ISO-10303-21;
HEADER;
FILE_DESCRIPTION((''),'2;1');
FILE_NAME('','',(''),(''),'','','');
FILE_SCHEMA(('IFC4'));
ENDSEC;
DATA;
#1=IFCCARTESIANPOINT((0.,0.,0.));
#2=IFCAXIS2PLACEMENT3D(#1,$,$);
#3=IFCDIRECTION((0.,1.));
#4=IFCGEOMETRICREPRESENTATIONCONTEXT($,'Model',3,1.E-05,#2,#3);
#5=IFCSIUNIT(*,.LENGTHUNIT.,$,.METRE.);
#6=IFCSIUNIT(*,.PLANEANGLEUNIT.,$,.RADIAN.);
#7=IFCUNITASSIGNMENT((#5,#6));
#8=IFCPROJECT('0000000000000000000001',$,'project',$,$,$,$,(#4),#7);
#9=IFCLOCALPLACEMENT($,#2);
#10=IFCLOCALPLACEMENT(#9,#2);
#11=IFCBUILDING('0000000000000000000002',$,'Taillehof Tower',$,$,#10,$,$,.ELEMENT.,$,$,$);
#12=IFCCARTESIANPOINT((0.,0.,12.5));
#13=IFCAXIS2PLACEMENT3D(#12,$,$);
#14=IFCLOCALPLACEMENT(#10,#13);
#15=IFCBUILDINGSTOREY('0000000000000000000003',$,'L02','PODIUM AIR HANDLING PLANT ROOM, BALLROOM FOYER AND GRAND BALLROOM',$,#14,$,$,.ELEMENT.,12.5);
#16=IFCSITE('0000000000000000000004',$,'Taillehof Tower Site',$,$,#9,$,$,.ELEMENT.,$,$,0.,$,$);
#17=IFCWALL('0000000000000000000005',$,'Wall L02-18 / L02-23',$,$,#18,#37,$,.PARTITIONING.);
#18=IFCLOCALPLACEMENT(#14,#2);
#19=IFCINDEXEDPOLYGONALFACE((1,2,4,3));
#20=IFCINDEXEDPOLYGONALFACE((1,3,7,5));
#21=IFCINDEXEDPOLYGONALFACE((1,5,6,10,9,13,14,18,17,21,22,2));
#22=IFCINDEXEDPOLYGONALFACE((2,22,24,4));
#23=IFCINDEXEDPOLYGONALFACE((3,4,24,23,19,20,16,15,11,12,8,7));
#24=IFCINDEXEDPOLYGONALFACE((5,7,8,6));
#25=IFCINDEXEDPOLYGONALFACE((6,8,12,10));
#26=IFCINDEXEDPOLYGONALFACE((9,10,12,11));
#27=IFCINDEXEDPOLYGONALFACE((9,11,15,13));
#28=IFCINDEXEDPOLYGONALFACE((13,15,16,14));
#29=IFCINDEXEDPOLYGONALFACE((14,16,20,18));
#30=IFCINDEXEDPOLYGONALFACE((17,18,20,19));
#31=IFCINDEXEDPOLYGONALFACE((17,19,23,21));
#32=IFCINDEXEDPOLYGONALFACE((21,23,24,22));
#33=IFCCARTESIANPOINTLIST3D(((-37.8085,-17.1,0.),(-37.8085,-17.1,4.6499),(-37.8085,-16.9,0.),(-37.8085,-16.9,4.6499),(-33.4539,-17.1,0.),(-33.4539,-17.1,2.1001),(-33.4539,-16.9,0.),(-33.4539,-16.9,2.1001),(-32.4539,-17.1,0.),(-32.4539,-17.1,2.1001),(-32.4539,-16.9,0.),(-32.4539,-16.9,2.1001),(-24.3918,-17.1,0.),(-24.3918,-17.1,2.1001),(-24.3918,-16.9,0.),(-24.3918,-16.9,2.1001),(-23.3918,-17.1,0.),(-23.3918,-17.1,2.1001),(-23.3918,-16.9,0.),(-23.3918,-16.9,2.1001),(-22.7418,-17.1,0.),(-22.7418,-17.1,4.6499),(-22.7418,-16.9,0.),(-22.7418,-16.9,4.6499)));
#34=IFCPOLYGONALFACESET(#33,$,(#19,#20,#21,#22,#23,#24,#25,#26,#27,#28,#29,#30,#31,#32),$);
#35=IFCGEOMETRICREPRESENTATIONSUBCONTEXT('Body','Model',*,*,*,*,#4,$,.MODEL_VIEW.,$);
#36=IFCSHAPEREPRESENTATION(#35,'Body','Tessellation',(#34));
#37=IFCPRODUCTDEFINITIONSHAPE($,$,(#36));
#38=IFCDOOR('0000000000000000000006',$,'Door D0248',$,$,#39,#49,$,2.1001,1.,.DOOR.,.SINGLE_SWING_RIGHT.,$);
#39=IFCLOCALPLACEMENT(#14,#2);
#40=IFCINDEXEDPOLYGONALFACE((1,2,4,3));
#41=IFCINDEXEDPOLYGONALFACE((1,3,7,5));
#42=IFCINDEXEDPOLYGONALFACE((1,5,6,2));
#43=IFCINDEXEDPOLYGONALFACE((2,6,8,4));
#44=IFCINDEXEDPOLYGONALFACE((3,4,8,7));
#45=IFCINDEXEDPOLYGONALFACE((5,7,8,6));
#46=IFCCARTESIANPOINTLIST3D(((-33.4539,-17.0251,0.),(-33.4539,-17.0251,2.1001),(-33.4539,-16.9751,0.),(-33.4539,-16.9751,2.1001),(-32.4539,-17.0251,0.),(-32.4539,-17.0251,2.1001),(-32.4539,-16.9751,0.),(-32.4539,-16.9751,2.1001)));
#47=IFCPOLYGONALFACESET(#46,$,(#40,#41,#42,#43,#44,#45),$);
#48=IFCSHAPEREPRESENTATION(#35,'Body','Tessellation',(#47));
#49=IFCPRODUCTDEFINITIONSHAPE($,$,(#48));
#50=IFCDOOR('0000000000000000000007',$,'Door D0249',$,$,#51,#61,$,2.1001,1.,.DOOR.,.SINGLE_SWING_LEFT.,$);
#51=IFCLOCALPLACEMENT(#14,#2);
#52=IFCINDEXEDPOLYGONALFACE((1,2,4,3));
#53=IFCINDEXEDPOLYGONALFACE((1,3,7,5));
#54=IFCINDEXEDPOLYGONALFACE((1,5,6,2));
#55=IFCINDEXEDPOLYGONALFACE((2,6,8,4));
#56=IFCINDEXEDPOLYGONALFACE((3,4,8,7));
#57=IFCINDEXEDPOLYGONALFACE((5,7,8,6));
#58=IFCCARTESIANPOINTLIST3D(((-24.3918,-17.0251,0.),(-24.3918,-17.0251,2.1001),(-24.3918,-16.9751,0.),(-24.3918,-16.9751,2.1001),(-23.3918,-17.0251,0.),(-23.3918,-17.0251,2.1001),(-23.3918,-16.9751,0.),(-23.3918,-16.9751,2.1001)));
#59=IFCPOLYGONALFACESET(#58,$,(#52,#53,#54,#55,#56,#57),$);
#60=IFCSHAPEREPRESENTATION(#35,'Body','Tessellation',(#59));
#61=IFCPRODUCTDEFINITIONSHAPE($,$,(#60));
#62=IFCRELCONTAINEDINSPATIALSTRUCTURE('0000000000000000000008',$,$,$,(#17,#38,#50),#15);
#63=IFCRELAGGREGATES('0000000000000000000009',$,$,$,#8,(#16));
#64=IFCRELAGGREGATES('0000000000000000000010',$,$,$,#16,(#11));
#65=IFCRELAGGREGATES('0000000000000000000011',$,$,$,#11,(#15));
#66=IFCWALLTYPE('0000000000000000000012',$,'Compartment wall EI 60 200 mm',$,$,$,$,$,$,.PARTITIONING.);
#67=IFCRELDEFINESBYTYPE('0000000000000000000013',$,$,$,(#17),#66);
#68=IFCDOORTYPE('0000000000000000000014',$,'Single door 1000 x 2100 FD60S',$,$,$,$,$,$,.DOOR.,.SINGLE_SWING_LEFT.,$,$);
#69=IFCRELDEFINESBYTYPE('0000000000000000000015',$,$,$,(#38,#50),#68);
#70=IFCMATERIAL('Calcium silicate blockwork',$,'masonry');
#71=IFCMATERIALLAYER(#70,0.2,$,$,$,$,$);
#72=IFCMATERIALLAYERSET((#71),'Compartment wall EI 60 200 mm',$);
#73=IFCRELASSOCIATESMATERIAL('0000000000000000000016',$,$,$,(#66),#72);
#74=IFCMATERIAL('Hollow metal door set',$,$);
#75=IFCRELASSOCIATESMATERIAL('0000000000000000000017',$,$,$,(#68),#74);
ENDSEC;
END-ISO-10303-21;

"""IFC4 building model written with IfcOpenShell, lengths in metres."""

from ifc_helpers import new_model, si_unit, direction, frame, frame_2d, origin, place, context, subcontext, project, spatial, rectangle, extrude, material, layer, layer_set, type_object, element, fill, save


model = new_model("IFC4")

# Units and contexts
model_context = context("Model", 3, precision=1e-05, world=origin(), true_north=direction((0.0, 1.0)))
body_context = subcontext(model_context, "Body", "Model", "MODEL_VIEW")
ifc_project = project(units=[si_unit("LENGTHUNIT", "METRE"), si_unit("PLANEANGLEUNIT", "RADIAN")], contexts=[model_context])

# Site, building, storey
site_placement = place(None, origin())
site = spatial("IfcSite", under=ifc_project, at=site_placement, Name="Taillehof Tower Site", CompositionType="ELEMENT", RefElevation=0.0)
building_placement = place(site_placement, origin())
building = spatial("IfcBuilding", under=site, at=building_placement, Name="Taillehof Tower", CompositionType="ELEMENT")
storey_placement = place(building_placement, frame((0.0, 0.0, 12.5)))
storey = spatial("IfcBuildingStorey", under=building, at=storey_placement, Name="L02", Description="PODIUM AIR HANDLING PLANT ROOM, BALLROOM FOYER AND GRAND BALLROOM", CompositionType="ELEMENT", Elevation=12.5)

# Shared definitions
ifc_material_1 = material(Name="Calcium silicate blockwork", Category="masonry")
ifc_layer_1 = layer(ifc_material_1, 0.2)
ifc_layer_set_1 = layer_set([ifc_layer_1], Name="Compartment wall EI 60 200 mm")
wall_type = type_object("IfcWallType", Name="Compartment wall EI 60 200 mm", PredefinedType="PARTITIONING", material=ifc_layer_set_1)
ifc_material_2 = material(Name="Hollow metal door set")
door_type = type_object("IfcDoorType", Name="Single door 1000 x 2100 FD60S", OperationType="SINGLE_SWING_LEFT", PredefinedType="DOOR", material=ifc_material_2)

# Wall, openings, doors
wall_1_placement = place(storey_placement, frame((-37.8083, -17.0, 0.0), z_axis=(0.0, 0.0, 1.0), x_axis=(1.0, 0.0, 0.0)))
wall_1 = element("IfcWall", 1, at=wall_1_placement, inside=storey, type_object=wall_type, Name="Wall L02-18 / L02-23", PredefinedType="PARTITIONING", context=body_context, shape_type="SweptSolid", body=[
    extrude(rectangle(XDim=15.0667, YDim=0.2, at=frame_2d((7.5332, 0.0))), origin(), (0.0, 0.0, 1.0), 4.6499),
])
opening_1_placement = place(wall_1_placement, frame((4.3545, 0.0, 0.0)))
opening_1 = element("IfcOpeningElement", 2, at=opening_1_placement, cuts=wall_1, PredefinedType="OPENING", context=body_context, shape_type="SweptSolid", body=[
    extrude(rectangle(XDim=1.0, YDim=2.1001, at=frame_2d((0.5, 1.05))), frame((0.0, 0.1099, 0.0), z_axis=(0.0, -1.0, 0.0), x_axis=(1.0, 0.0, 0.0)), (0.0, 0.0, 1.0), 0.22),
])
opening_2_placement = place(wall_1_placement, frame((13.4165, 0.0, 0.0)))
opening_2 = element("IfcOpeningElement", 3, at=opening_2_placement, cuts=wall_1, PredefinedType="OPENING", context=body_context, shape_type="SweptSolid", body=[
    extrude(rectangle(XDim=1.0, YDim=2.1001, at=frame_2d((0.5, 1.05))), frame((0.0, 0.1099, 0.0), z_axis=(0.0, -1.0, 0.0), x_axis=(1.0, 0.0, 0.0)), (0.0, 0.0, 1.0), 0.22),
])
door_1_placement = place(opening_1_placement, origin())
door_1 = element("IfcDoor", 4, at=door_1_placement, inside=storey, type_object=door_type, Name="Door D0248", OperationType="SINGLE_SWING_RIGHT", OverallHeight=2.1001, OverallWidth=1.0, PredefinedType="DOOR", context=body_context, shape_type="SweptSolid", body=[
    extrude(rectangle(XDim=1.0, YDim=2.1001, at=frame_2d((0.5, 1.05))), frame((0.0, 0.0249, 0.0), z_axis=(0.0, -1.0, 0.0), x_axis=(1.0, 0.0, 0.0)), (0.0, 0.0, 1.0), 0.05),
])
fill(opening_1, door_1)
door_2_placement = place(opening_2_placement, origin())
door_2 = element("IfcDoor", 5, at=door_2_placement, inside=storey, type_object=door_type, Name="Door D0249", OperationType="SINGLE_SWING_LEFT", OverallHeight=2.1001, OverallWidth=1.0, PredefinedType="DOOR", context=body_context, shape_type="SweptSolid", body=[
    extrude(rectangle(XDim=1.0, YDim=2.1001, at=frame_2d((0.5, 1.05))), frame((0.0, 0.0249, 0.0), z_axis=(0.0, -1.0, 0.0), x_axis=(1.0, 0.0, 0.0)), (0.0, 0.0, 1.0), 0.05),
])
fill(opening_2, door_2)

save(model, "model.ifc")
